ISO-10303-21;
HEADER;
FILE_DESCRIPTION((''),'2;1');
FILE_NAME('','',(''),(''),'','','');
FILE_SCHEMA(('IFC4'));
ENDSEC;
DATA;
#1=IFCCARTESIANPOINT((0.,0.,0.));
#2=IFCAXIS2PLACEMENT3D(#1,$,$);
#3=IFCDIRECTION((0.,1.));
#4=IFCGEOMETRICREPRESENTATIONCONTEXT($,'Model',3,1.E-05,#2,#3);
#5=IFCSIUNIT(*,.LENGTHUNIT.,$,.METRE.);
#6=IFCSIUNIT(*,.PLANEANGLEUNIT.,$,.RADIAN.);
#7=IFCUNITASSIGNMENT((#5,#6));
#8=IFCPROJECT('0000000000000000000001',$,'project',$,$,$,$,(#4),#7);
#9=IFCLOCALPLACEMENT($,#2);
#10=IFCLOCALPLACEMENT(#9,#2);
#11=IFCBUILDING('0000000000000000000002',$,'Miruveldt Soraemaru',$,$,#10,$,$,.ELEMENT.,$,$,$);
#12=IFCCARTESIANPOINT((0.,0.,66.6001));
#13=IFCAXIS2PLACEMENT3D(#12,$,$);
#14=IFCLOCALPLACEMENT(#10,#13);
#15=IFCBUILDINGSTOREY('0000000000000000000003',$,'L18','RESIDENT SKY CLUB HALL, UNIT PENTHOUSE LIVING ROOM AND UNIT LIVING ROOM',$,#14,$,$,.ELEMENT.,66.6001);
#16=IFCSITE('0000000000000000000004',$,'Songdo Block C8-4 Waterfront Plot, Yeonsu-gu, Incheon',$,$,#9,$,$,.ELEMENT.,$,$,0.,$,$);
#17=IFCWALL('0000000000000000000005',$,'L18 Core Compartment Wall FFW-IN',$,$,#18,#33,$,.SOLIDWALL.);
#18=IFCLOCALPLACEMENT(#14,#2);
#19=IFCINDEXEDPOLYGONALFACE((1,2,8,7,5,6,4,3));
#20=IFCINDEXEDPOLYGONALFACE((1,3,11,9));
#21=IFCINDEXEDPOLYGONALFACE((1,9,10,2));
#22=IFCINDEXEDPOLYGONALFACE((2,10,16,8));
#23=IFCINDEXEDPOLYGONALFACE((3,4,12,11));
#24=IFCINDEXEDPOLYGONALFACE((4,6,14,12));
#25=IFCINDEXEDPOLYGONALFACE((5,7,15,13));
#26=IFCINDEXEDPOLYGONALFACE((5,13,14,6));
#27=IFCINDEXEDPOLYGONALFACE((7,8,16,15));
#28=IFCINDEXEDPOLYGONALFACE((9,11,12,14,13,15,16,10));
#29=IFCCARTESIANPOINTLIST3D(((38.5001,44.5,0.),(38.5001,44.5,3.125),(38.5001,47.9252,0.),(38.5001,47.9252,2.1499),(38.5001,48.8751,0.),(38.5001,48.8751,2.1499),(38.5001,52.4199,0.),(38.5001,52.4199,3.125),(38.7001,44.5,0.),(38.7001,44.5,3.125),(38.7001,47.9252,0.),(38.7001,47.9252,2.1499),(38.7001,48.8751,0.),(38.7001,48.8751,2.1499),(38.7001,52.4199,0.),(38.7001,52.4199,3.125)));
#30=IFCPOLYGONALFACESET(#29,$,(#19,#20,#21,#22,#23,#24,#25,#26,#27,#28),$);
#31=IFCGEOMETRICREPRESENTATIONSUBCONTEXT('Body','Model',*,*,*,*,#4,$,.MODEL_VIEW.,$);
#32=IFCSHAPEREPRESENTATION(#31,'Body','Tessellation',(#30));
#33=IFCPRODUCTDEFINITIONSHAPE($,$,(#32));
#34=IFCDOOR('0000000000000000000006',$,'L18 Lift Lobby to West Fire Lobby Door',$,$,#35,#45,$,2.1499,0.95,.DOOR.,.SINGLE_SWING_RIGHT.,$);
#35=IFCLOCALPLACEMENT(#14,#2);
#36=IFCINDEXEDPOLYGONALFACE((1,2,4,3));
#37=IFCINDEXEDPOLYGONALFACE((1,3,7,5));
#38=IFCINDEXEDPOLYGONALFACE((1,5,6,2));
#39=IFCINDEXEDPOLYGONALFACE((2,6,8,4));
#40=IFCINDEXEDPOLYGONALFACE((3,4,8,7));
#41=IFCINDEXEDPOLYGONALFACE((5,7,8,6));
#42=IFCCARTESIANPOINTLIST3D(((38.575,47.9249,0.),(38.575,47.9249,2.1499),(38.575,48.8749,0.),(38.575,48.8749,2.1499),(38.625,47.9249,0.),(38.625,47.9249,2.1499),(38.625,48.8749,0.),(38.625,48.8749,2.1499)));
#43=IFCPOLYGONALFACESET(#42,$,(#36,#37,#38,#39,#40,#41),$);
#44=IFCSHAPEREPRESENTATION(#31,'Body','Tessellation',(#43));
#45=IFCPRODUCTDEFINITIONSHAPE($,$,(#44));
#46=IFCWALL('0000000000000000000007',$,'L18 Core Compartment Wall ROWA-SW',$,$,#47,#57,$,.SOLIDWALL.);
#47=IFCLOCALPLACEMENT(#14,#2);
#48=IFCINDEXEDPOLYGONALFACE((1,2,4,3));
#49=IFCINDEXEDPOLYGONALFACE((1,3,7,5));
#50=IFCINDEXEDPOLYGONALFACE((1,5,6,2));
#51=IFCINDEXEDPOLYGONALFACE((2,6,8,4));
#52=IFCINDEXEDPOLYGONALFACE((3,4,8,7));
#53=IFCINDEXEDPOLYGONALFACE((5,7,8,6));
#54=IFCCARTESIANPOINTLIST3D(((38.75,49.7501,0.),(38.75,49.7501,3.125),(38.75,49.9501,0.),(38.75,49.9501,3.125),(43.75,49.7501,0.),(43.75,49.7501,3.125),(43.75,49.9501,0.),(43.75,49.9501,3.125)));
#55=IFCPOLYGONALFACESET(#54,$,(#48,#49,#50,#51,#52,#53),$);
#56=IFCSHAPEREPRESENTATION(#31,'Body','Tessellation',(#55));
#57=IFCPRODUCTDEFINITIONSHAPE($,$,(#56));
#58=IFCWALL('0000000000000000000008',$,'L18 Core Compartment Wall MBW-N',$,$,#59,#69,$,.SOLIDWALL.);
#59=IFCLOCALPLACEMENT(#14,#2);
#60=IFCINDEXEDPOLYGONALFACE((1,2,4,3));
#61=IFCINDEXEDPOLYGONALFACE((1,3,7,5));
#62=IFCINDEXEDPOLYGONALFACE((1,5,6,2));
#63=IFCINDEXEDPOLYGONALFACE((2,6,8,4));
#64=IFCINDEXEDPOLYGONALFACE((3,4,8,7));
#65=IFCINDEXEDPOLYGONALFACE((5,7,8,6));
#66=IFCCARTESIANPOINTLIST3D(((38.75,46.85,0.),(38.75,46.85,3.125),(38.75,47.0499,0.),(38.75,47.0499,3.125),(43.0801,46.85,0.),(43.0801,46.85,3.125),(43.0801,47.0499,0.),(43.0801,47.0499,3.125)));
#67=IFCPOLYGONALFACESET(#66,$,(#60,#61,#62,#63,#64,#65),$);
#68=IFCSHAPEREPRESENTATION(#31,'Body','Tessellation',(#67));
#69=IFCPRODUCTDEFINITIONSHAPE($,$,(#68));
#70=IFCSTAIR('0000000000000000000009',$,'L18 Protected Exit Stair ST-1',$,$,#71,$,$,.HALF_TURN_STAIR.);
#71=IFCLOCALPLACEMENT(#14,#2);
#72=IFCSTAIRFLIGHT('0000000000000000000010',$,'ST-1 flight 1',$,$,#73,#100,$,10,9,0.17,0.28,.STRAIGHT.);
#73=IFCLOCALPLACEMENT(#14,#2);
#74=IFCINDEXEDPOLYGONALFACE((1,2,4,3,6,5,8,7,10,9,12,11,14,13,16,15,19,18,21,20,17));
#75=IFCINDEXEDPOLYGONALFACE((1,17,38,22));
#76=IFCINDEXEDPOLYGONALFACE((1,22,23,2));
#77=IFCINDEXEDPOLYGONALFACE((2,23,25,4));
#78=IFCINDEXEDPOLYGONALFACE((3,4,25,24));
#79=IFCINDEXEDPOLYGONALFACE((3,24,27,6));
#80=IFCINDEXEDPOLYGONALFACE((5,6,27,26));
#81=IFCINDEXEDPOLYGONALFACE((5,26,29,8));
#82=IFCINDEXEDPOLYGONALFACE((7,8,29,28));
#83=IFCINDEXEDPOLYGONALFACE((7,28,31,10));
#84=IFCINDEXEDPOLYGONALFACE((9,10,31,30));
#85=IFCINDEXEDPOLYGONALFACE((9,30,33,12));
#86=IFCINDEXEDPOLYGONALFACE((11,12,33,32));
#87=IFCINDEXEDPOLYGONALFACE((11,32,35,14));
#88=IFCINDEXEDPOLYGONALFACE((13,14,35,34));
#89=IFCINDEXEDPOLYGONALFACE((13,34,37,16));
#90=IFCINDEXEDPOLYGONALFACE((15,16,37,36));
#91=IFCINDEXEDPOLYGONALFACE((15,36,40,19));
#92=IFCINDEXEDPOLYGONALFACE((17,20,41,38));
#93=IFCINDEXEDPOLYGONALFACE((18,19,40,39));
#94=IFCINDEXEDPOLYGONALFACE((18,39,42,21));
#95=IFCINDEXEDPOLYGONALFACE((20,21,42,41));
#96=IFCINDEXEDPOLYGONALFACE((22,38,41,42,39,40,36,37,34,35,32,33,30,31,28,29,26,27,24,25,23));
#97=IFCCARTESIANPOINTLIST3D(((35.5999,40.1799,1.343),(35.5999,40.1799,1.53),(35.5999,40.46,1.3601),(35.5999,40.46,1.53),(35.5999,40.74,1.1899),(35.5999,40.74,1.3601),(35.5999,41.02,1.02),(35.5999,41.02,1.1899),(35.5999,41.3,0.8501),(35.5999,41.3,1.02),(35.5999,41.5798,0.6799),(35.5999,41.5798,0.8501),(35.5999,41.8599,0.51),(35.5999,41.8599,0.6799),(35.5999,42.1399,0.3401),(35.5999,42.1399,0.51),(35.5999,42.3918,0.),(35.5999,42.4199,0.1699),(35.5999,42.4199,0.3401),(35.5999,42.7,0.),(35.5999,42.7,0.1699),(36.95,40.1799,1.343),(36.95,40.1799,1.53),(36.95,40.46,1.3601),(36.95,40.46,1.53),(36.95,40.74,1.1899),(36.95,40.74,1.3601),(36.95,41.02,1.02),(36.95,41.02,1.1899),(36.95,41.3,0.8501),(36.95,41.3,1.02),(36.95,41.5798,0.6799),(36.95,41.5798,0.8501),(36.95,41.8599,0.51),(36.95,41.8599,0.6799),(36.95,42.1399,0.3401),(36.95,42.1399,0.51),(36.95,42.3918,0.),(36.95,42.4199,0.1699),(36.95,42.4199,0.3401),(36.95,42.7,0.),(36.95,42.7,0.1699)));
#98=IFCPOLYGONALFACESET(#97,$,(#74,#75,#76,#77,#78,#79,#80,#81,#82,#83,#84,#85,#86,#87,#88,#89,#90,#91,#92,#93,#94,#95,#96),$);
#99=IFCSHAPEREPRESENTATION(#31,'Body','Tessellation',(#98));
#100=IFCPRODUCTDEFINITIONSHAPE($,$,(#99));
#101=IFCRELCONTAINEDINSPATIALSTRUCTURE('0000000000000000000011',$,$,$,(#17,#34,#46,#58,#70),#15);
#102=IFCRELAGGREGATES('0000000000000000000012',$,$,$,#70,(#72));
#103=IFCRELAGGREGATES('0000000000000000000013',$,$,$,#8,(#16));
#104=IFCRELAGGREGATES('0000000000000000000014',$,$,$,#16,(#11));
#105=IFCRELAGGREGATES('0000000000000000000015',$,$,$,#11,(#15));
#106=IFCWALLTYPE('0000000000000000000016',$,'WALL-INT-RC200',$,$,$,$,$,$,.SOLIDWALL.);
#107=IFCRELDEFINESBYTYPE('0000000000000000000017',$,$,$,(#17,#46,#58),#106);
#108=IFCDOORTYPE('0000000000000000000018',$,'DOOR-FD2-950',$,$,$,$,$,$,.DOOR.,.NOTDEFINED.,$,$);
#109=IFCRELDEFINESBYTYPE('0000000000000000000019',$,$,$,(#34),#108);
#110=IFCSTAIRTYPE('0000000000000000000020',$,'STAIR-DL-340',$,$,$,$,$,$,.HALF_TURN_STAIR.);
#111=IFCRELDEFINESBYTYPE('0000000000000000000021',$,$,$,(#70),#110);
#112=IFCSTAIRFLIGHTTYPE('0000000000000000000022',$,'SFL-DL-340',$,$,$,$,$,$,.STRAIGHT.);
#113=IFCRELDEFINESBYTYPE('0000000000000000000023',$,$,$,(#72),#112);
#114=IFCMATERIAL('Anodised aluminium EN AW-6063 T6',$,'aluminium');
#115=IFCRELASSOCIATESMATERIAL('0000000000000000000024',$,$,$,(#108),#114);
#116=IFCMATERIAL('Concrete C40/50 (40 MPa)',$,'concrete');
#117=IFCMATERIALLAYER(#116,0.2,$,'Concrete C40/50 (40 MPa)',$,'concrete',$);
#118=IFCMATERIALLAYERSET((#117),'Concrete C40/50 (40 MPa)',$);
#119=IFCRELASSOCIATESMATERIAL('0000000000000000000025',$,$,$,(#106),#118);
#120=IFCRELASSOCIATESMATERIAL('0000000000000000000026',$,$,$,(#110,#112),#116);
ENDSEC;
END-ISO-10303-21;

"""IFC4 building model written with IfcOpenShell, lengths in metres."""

from ifc_helpers import new_model, si_unit, direction, frame, frame_2d, origin, place, context, subcontext, project, spatial, polyline, rectangle, outline, extrude, material, layer, layer_set, type_object, element, fill, aggregate, save


model = new_model("IFC4")

# Units and contexts
model_context = context("Model", 3, precision=1e-05, world=origin(), true_north=direction((0.0, 1.0)))
body_context = subcontext(model_context, "Body", "Model", "MODEL_VIEW")
ifc_project = project(units=[si_unit("LENGTHUNIT", "METRE"), si_unit("PLANEANGLEUNIT", "RADIAN")], contexts=[model_context])

# Site, building, storey
site_placement = place(None, origin())
site = spatial("IfcSite", under=ifc_project, at=site_placement, Name="Songdo Block C8-4 Waterfront Plot, Yeonsu-gu, Incheon", CompositionType="ELEMENT", RefElevation=0.0)
building_placement = place(site_placement, origin())
building = spatial("IfcBuilding", under=site, at=building_placement, Name="Miruveldt Soraemaru", CompositionType="ELEMENT")
storey_placement = place(building_placement, frame((0.0, 0.0, 66.6001)))
storey = spatial("IfcBuildingStorey", under=building, at=storey_placement, Name="L18", Description="RESIDENT SKY CLUB HALL, UNIT PENTHOUSE LIVING ROOM AND UNIT LIVING ROOM", CompositionType="ELEMENT", Elevation=66.6001)

# Shared definitions
ifc_material_1 = material(Name="Concrete C40/50 (40 MPa)", Category="concrete")
ifc_material_2 = material(Name="Anodised aluminium EN AW-6063 T6", Category="aluminium")
door_type_1 = type_object("IfcDoorType", Name="DOOR-FD2-950", OperationType="NOTDEFINED", PredefinedType="DOOR", material=ifc_material_2)

# Wall, opening, door
ifc_layer_1 = layer(ifc_material_1, 0.2, Name="Concrete C40/50 (40 MPa)", Category="concrete")
ifc_layer_set_1 = layer_set([ifc_layer_1], Name="Concrete C40/50 (40 MPa)")
wall_type_1 = type_object("IfcWallType", Name="WALL-INT-RC200", PredefinedType="SOLIDWALL", material=ifc_layer_set_1)
wall_1_placement = place(storey_placement, frame((38.6001, 44.5, 0.0), z_axis=(0.0, 0.0, 1.0), x_axis=(0.0, 1.0, 0.0)))
wall_1 = element("IfcWall", 1, at=wall_1_placement, inside=storey, type_object=wall_type_1, Name="L18 Core Compartment Wall FFW-IN", PredefinedType="SOLIDWALL", context=body_context, shape_type="SweptSolid", body=[
    extrude(rectangle(XDim=7.9199, YDim=0.2, at=frame_2d((3.96, 0.0))), origin(), (0.0, 0.0, 1.0), 3.125),
])
opening_1_placement = place(wall_1_placement, frame((3.425, 0.0, 0.0)))
opening_1 = element("IfcOpeningElement", 2, at=opening_1_placement, cuts=wall_1, PredefinedType="OPENING", context=body_context, shape_type="SweptSolid", body=[
    extrude(rectangle(XDim=0.95, YDim=2.1499, at=frame_2d((0.4751, 1.075))), frame((0.0, 0.1099, 0.0), z_axis=(0.0, -1.0, 0.0), x_axis=(1.0, 0.0, 0.0)), (0.0, 0.0, 1.0), 0.22),
])
door_1_placement = place(opening_1_placement, frame((0.95, 0.0, 0.0), z_axis=(0.0, 0.0, 1.0), x_axis=(-1.0, 0.0, 0.0)))
door_1 = element("IfcDoor", 3, at=door_1_placement, inside=storey, type_object=door_type_1, Name="L18 Lift Lobby to West Fire Lobby Door", OperationType="SINGLE_SWING_RIGHT", OverallHeight=2.1499, OverallWidth=0.95, PredefinedType="DOOR", context=body_context, shape_type="SweptSolid", body=[
    extrude(rectangle(XDim=0.95, YDim=2.1499, at=frame_2d((0.4751, 1.075))), frame((0.0, 0.0249, 0.0), z_axis=(0.0, -1.0, 0.0), x_axis=(1.0, 0.0, 0.0)), (0.0, 0.0, 1.0), 0.05),
])
fill(opening_1, door_1)

# Walls
wall_2_placement = place(storey_placement, frame((38.75, 49.8501, 0.0), z_axis=(0.0, 0.0, 1.0), x_axis=(1.0, 0.0, 0.0)))
element("IfcWall", 4, at=wall_2_placement, inside=storey, type_object=wall_type_1, Name="L18 Core Compartment Wall ROWA-SW", PredefinedType="SOLIDWALL", context=body_context, shape_type="SweptSolid", body=[
    extrude(rectangle(XDim=5.0, YDim=0.2, at=frame_2d((2.5, 0.0))), origin(), (0.0, 0.0, 1.0), 3.125),
])
wall_3_placement = place(storey_placement, frame((38.75, 46.95, 0.0), z_axis=(0.0, 0.0, 1.0), x_axis=(1.0, 0.0, 0.0)))
element("IfcWall", 5, at=wall_3_placement, inside=storey, type_object=wall_type_1, Name="L18 Core Compartment Wall MBW-N", PredefinedType="SOLIDWALL", context=body_context, shape_type="SweptSolid", body=[
    extrude(rectangle(XDim=4.3301, YDim=0.2, at=frame_2d((2.165, 0.0))), origin(), (0.0, 0.0, 1.0), 3.125),
])

# Stair, stair flight
stair_type = type_object("IfcStairType", Name="STAIR-DL-340", PredefinedType="HALF_TURN_STAIR", material=ifc_material_1)
stair_placement = place(storey_placement, origin())
stair = element("IfcStair", 6, at=stair_placement, inside=storey, type_object=stair_type, Name="L18 Protected Exit Stair ST-1", PredefinedType="HALF_TURN_STAIR")
stair_flight_type = type_object("IfcStairFlightType", Name="SFL-DL-340", PredefinedType="STRAIGHT", material=ifc_material_1)
stair_flight_placement = place(storey_placement, frame((36.2749, 42.7, 0.0), z_axis=(0.0, 0.0, 1.0), x_axis=(0.0, -1.0, 0.0)))
stair_flight = element("IfcStairFlight", 7, at=stair_flight_placement, type_object=stair_flight_type, Name="ST-1 flight 1", NumberOfRisers=10, NumberOfTreads=9, PredefinedType="STRAIGHT", RiserHeight=0.17, TreadLength=0.28, context=body_context, shape_type="SweptSolid", body=[
    extrude(outline(polyline([(0.0, 0.0), (0.0, 0.1699), (0.28, 0.1699), (0.28, 0.3401), (0.5601, 0.3401), (0.5601, 0.51), (0.8401, 0.51), (0.8401, 0.6799), (1.1201, 0.6799), (1.1201, 0.8501), (1.3999, 0.8501), (1.3999, 1.02), (1.6799, 1.02), (1.6799, 1.1899), (1.96, 1.1899), (1.96, 1.3601), (2.24, 1.3601), (2.24, 1.53), (2.52, 1.53), (2.52, 1.7), (2.52, 1.343), (0.3081, 0.0), (0.0, 0.0)])), frame((0.0, 0.675, 0.0), z_axis=(0.0, -1.0, 0.0), x_axis=(1.0, 0.0, 0.0)), (0.0, 0.0, 1.0), 1.3501),
])
aggregate(stair, [stair_flight])

save(model, "model.ifc")
